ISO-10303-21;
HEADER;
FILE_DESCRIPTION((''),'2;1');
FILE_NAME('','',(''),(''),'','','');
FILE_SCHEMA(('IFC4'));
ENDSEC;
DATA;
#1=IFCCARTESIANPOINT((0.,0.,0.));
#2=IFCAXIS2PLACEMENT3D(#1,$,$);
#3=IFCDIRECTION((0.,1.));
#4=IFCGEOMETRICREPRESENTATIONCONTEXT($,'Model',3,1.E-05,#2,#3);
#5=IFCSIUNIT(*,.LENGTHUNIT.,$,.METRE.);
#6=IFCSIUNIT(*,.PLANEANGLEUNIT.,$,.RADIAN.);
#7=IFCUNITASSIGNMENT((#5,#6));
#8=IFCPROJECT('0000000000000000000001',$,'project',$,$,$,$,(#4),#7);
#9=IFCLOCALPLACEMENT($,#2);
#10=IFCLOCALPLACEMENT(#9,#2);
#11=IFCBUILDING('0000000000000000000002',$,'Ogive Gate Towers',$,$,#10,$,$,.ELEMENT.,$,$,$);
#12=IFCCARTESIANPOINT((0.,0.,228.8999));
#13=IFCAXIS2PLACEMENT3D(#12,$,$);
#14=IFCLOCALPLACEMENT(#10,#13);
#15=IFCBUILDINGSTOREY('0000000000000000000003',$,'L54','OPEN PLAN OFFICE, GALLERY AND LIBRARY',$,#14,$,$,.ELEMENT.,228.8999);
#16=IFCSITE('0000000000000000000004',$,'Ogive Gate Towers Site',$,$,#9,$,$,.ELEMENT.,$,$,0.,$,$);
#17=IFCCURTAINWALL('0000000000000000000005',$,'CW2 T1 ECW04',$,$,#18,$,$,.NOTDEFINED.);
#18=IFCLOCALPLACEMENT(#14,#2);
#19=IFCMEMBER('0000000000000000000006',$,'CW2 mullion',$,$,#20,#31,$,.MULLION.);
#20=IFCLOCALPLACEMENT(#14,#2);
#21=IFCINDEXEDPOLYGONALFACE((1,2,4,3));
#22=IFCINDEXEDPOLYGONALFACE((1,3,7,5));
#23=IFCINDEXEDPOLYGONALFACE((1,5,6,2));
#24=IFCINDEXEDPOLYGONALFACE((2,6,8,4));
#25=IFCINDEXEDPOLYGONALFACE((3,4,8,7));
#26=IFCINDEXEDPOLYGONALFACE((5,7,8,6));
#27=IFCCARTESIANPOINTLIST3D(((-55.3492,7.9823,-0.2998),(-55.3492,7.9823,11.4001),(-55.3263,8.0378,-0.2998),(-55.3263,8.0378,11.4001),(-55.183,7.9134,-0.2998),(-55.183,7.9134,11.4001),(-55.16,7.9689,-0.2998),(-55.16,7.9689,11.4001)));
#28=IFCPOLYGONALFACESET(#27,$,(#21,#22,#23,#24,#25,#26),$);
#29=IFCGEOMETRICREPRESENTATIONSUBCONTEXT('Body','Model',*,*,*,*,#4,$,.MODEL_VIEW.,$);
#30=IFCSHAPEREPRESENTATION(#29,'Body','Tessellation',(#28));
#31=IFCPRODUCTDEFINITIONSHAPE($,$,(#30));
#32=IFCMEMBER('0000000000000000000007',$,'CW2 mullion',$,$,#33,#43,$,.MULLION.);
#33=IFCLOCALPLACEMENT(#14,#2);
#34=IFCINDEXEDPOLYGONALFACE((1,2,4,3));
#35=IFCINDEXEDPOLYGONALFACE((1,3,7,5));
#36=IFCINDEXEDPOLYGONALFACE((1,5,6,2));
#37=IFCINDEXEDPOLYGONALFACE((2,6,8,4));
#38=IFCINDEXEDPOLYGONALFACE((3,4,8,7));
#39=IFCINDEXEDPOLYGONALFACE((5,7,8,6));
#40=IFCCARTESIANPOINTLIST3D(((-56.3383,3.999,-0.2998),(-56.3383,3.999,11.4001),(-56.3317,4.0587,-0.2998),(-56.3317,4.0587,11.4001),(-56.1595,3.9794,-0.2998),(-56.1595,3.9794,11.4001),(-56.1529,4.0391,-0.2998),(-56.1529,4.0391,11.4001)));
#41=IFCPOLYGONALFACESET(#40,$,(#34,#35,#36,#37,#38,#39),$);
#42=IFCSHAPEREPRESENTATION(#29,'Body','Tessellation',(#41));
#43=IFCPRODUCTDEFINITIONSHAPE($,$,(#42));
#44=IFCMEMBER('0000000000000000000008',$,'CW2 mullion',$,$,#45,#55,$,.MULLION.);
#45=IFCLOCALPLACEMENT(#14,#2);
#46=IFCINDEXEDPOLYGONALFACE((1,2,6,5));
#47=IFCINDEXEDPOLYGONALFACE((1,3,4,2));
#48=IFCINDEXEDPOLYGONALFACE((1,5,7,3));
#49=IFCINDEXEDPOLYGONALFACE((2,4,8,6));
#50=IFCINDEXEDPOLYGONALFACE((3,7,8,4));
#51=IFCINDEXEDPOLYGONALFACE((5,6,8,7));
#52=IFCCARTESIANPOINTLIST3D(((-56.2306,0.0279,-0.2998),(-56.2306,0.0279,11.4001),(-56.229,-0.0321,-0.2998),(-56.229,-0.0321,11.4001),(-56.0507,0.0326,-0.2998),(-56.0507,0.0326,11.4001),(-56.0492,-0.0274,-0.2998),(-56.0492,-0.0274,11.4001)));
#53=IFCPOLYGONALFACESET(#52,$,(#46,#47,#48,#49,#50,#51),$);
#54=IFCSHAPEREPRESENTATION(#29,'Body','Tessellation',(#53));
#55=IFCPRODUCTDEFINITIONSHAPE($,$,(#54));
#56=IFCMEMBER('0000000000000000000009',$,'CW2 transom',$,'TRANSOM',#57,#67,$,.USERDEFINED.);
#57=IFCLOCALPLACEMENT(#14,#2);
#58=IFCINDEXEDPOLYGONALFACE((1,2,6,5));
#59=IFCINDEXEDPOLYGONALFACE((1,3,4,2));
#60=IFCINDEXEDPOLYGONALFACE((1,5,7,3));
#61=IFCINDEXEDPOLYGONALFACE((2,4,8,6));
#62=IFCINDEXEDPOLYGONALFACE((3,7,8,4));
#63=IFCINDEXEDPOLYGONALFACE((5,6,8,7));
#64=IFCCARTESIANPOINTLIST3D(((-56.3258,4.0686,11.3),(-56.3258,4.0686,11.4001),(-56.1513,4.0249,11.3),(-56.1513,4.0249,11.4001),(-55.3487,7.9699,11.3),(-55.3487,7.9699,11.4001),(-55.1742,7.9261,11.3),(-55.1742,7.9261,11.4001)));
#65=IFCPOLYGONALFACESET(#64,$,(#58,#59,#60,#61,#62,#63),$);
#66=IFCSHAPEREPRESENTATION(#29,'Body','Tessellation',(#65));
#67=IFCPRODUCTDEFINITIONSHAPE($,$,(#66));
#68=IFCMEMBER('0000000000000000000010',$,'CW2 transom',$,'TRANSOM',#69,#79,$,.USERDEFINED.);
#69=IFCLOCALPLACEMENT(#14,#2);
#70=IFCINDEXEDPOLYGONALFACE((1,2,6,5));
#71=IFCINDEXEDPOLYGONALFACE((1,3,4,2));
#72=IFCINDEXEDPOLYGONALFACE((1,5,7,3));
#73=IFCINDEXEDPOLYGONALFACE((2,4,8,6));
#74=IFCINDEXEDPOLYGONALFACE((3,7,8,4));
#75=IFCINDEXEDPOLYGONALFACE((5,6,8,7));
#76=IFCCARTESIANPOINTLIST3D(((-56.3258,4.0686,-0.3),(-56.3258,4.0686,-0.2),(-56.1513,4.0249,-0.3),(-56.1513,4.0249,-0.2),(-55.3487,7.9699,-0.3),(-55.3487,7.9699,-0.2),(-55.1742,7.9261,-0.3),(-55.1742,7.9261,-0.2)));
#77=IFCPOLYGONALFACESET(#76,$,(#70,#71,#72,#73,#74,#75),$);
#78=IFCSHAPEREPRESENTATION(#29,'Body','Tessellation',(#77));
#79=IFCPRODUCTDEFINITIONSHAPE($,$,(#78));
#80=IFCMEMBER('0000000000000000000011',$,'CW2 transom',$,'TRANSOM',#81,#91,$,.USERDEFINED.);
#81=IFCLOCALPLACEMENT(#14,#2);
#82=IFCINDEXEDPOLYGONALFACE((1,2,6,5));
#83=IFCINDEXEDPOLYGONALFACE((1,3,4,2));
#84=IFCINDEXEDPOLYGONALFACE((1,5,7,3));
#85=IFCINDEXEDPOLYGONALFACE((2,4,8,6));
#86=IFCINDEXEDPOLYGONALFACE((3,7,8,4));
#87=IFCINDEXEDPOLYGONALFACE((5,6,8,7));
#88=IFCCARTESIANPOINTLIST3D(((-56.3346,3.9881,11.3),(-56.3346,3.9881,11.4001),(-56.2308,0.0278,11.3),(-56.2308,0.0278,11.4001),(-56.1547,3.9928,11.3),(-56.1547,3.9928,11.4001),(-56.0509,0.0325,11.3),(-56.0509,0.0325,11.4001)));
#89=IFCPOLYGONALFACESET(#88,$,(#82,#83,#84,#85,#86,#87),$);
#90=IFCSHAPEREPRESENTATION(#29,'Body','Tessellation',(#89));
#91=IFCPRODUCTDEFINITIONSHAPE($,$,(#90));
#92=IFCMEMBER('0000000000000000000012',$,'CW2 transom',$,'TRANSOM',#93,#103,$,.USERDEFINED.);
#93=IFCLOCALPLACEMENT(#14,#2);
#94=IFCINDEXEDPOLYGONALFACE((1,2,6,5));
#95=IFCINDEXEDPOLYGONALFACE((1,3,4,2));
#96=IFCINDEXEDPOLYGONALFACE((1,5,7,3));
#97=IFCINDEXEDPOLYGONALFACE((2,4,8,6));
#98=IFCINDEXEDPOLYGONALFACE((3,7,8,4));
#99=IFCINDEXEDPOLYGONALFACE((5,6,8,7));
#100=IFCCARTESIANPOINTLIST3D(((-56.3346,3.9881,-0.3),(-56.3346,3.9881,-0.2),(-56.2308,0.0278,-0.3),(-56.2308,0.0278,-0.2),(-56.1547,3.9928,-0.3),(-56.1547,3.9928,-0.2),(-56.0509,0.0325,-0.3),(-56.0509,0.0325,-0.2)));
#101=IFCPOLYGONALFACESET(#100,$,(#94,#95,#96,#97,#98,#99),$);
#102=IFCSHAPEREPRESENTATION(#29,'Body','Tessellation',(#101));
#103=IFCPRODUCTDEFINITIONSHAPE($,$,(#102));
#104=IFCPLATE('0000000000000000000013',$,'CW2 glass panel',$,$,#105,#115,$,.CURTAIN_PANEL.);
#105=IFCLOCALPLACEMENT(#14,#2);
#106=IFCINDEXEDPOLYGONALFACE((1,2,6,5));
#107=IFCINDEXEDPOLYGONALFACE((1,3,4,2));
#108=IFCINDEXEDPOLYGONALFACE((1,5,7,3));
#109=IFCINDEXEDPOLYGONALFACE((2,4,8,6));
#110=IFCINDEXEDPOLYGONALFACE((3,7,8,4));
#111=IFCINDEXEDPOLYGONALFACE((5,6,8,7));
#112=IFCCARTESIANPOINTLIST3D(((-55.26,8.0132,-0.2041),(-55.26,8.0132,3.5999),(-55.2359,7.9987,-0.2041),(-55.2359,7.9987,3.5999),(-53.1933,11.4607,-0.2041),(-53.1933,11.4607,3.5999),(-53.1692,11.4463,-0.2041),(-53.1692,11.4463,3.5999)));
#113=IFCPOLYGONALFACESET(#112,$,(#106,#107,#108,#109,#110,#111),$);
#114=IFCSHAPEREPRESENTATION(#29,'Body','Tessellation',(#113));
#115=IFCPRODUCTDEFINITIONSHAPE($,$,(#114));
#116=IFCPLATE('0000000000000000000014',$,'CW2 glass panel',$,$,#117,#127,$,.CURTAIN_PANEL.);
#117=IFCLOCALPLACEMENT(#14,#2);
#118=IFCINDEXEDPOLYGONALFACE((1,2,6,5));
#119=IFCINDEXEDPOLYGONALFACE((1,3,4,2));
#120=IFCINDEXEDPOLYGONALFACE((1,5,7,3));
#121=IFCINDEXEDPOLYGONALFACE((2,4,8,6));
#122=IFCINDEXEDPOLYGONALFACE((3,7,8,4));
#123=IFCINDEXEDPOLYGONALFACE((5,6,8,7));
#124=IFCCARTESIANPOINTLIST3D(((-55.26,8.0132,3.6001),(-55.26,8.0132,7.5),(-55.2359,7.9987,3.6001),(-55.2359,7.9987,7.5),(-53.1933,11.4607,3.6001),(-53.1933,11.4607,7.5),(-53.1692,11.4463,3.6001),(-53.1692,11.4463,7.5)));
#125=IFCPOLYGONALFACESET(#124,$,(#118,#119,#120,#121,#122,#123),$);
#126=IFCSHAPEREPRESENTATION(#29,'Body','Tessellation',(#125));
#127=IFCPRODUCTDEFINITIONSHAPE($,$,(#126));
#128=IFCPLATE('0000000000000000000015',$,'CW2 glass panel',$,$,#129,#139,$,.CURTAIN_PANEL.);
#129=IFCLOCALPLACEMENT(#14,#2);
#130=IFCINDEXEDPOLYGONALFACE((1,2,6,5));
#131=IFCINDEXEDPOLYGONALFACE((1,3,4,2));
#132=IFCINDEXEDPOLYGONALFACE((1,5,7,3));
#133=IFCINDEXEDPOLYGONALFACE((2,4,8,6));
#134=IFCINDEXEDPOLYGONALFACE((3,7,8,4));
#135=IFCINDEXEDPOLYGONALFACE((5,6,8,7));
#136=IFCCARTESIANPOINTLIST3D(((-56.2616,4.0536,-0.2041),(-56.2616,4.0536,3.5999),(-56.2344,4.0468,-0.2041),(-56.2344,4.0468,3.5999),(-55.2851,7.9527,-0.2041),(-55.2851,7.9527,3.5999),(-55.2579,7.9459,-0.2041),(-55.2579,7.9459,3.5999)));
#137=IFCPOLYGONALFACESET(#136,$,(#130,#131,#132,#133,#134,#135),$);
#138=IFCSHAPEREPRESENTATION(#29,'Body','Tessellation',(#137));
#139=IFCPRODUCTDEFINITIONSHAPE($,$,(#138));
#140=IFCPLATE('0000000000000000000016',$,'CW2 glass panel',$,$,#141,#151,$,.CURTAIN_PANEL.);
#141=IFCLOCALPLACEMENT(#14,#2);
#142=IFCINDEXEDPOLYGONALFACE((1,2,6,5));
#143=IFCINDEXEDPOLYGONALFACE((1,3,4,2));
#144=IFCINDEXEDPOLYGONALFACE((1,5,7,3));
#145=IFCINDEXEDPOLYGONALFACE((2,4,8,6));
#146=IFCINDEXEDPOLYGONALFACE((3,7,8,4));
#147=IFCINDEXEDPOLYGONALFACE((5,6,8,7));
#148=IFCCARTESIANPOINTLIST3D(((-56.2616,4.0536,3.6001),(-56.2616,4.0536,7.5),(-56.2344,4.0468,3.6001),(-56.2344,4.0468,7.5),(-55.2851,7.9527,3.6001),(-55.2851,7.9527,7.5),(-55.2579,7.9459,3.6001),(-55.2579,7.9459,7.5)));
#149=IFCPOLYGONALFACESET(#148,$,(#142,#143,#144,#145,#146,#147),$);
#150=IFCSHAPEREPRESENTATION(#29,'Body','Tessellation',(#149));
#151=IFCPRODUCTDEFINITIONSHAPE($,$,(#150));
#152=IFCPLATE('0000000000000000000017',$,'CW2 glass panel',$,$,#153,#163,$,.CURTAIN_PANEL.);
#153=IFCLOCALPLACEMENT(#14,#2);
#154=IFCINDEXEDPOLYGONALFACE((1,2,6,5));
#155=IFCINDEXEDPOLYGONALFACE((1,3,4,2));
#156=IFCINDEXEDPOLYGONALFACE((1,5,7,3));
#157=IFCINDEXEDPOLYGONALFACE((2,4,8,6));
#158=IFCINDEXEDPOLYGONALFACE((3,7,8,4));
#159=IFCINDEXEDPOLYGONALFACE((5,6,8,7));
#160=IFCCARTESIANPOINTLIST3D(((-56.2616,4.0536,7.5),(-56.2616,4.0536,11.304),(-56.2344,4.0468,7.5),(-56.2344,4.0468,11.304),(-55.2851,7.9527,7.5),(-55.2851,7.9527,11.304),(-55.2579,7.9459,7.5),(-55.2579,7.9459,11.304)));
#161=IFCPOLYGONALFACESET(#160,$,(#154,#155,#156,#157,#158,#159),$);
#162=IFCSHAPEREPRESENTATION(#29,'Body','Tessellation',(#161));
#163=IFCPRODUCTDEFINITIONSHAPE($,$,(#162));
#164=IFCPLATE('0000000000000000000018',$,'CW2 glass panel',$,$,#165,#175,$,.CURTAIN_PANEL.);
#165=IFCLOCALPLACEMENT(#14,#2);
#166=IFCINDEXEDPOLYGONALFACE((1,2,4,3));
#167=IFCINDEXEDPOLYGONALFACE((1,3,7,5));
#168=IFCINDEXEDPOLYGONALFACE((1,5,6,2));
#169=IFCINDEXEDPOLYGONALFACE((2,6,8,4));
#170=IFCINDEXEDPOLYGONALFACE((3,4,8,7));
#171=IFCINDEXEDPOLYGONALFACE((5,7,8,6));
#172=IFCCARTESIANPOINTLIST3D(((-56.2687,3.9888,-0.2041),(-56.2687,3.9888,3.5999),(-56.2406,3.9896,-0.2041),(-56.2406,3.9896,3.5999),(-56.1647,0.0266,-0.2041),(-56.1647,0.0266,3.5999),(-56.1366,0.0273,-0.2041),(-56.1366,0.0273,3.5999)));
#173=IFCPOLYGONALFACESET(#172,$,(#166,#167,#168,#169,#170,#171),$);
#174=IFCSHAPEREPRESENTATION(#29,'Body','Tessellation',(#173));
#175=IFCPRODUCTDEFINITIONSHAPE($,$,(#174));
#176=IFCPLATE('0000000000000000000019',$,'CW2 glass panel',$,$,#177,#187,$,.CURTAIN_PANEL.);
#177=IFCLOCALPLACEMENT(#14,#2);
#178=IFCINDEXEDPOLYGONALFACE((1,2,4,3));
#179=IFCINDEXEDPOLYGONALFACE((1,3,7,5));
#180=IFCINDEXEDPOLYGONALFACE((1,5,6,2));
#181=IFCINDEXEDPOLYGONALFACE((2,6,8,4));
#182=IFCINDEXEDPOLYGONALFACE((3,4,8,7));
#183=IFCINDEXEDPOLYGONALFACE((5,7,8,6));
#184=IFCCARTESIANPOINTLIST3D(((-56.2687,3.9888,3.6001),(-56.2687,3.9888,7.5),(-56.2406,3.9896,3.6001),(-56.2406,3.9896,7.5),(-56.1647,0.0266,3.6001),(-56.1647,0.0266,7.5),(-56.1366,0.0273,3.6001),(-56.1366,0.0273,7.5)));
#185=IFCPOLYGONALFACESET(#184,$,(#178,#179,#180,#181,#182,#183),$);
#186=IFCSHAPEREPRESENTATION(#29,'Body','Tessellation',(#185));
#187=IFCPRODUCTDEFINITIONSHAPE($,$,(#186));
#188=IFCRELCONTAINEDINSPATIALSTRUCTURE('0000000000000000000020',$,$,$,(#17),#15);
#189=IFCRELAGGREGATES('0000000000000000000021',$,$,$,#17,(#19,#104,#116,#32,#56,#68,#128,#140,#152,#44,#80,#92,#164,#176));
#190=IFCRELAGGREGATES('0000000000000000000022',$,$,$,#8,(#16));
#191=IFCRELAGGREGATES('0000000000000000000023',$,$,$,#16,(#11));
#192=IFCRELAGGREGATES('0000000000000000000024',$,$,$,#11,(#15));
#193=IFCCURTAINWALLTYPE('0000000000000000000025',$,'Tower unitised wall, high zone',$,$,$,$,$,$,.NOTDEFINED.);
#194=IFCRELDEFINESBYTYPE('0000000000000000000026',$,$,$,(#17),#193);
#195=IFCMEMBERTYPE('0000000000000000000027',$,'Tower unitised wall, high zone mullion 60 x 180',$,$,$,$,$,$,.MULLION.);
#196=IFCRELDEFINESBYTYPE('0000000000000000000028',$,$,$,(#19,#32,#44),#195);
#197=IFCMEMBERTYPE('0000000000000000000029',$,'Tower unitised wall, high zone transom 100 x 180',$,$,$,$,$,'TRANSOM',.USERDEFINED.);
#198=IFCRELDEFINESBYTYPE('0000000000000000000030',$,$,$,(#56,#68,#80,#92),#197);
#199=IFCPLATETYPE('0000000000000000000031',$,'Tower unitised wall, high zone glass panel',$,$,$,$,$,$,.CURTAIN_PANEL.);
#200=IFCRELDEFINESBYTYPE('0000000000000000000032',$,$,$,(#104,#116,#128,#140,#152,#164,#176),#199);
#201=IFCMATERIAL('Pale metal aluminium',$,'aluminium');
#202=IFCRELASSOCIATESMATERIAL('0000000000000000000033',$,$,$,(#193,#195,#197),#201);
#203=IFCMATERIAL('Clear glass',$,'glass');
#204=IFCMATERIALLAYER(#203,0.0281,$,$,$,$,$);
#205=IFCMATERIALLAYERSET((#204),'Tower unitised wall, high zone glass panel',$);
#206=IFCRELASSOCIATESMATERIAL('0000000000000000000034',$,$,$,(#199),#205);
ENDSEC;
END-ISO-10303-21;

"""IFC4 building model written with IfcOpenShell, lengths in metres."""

from ifc_helpers import new_model, si_unit, direction, frame, origin, origin_2d, place, context, subcontext, project, spatial, rectangle, extrude, material, layer, layer_set, material_profile, profile_set, type_object, element, aggregate, save


model = new_model("IFC4")

# Units and contexts
model_context = context("Model", 3, precision=1e-05, world=origin(), true_north=direction((0.0, 1.0)))
body_context = subcontext(model_context, "Body", "Model", "MODEL_VIEW")
ifc_project = project(units=[si_unit("LENGTHUNIT", "METRE"), si_unit("PLANEANGLEUNIT", "RADIAN")], contexts=[model_context])

# Site, building, storey
site_placement = place(None, origin())
site = spatial("IfcSite", under=ifc_project, at=site_placement, Name="Ogive Gate Towers Site", CompositionType="ELEMENT", RefElevation=0.0)
building_placement = place(site_placement, origin())
building = spatial("IfcBuilding", under=site, at=building_placement, Name="Ogive Gate Towers", CompositionType="ELEMENT")
storey_placement = place(building_placement, frame((0.0, 0.0, 228.8999)))
storey = spatial("IfcBuildingStorey", under=building, at=storey_placement, Name="L54", Description="OPEN PLAN OFFICE, GALLERY AND LIBRARY", CompositionType="ELEMENT", Elevation=228.8999)

# Curtain wall, members, plates
ifc_material_1 = material(Name="Pale metal aluminium", Category="aluminium")
curtain_wall_type = type_object("IfcCurtainWallType", Name="Tower unitised wall, high zone", PredefinedType="NOTDEFINED", material=ifc_material_1)
curtain_wall_placement = place(storey_placement, origin())
curtain_wall = element("IfcCurtainWall", 1, at=curtain_wall_placement, inside=storey, type_object=curtain_wall_type, Name="CW2 T1 ECW04", PredefinedType="NOTDEFINED")
ifc_material_profile_1 = material_profile(ifc_material_1, rectangle(XDim=0.1799, YDim=0.0601, at=origin_2d()), Name="60 x 180 aluminium box")
ifc_profile_set_1 = profile_set([ifc_material_profile_1], Name="Pale metal aluminium")
member_type_1 = type_object("IfcMemberType", Name="Tower unitised wall, high zone mullion 60 x 180", PredefinedType="MULLION", material=ifc_profile_set_1)
member_1_placement = place(storey_placement, frame((-55.2546, 7.9756, -0.2998), z_axis=(0.0, 0.0, 1.0), x_axis=(-0.923873, 0.3827, 0.0)))
member_1 = element("IfcMember", 2, at=member_1_placement, type_object=member_type_1, Name="CW2 mullion", PredefinedType="MULLION", context=body_context, shape_type="SweptSolid", body=[
    extrude(rectangle(XDim=0.1799, YDim=0.0601, at=origin_2d()), origin(), (0.0, 0.0, 1.0), 11.7),
])
member_2_placement = place(storey_placement, frame((-56.2456, 4.019, -0.2998), z_axis=(0.0, 0.0, 1.0), x_axis=(-0.994001, 0.10937, 0.0)))
member_2 = element("IfcMember", 3, at=member_2_placement, type_object=member_type_1, Name="CW2 mullion", PredefinedType="MULLION", context=body_context, shape_type="SweptSolid", body=[
    extrude(rectangle(XDim=0.1799, YDim=0.0601, at=origin_2d()), origin(), (0.0, 0.0, 1.0), 11.7),
])
member_3_placement = place(storey_placement, frame((-56.1399, 0.0002, -0.2998), z_axis=(0.0, 0.0, 1.0), x_axis=(-0.999656, -0.026229, 0.0)))
member_3 = element("IfcMember", 4, at=member_3_placement, type_object=member_type_1, Name="CW2 mullion", PredefinedType="MULLION", context=body_context, shape_type="SweptSolid", body=[
    extrude(rectangle(XDim=0.1799, YDim=0.0601, at=origin_2d()), origin(), (0.0, 0.0, 1.0), 11.7),
])
ifc_material_profile_2 = material_profile(ifc_material_1, rectangle(XDim=0.1799, YDim=0.1001, at=origin_2d()), Name="100 x 180 aluminium box")
ifc_profile_set_2 = profile_set([ifc_material_profile_2], Name="Pale metal aluminium")
member_type_2 = type_object("IfcMemberType", Name="Tower unitised wall, high zone transom 100 x 180", ElementType="TRANSOM", PredefinedType="USERDEFINED", material=ifc_profile_set_2)
member_4_placement = place(storey_placement, frame((-55.2615, 7.948, 11.3501), z_axis=(-0.24295, -0.970039, 0.0), x_axis=(0.970039, -0.24295, 0.0)))
member_4 = element("IfcMember", 5, at=member_4_placement, type_object=member_type_2, Name="CW2 transom", ObjectType="TRANSOM", PredefinedType="USERDEFINED", context=body_context, shape_type="SweptSolid", body=[
    extrude(rectangle(XDim=0.1799, YDim=0.1001, at=origin_2d()), origin(), (0.0, 0.0, 1.0), 4.0217),
])
member_5_placement = place(storey_placement, frame((-55.2615, 7.948, -0.25), z_axis=(-0.24295, -0.970039, 0.0), x_axis=(0.970039, -0.24295, 0.0)))
member_5 = element("IfcMember", 6, at=member_5_placement, type_object=member_type_2, Name="CW2 transom", ObjectType="TRANSOM", PredefinedType="USERDEFINED", context=body_context, shape_type="SweptSolid", body=[
    extrude(rectangle(XDim=0.1799, YDim=0.1001, at=origin_2d()), origin(), (0.0, 0.0, 1.0), 4.0217),
])
member_6_placement = place(storey_placement, frame((-56.2446, 3.9905, 11.3501), z_axis=(0.026192, -0.999657, 0.0), x_axis=(0.999657, 0.026192, 0.0)))
member_6 = element("IfcMember", 7, at=member_6_placement, type_object=member_type_2, Name="CW2 transom", ObjectType="TRANSOM", PredefinedType="USERDEFINED", context=body_context, shape_type="SweptSolid", body=[
    extrude(rectangle(XDim=0.1799, YDim=0.1001, at=origin_2d()), origin(), (0.0, 0.0, 1.0), 3.9617),
])
member_7_placement = place(storey_placement, frame((-56.2446, 3.9905, -0.25), z_axis=(0.026192, -0.999657, 0.0), x_axis=(0.999657, 0.026192, 0.0)))
member_7 = element("IfcMember", 8, at=member_7_placement, type_object=member_type_2, Name="CW2 transom", ObjectType="TRANSOM", PredefinedType="USERDEFINED", context=body_context, shape_type="SweptSolid", body=[
    extrude(rectangle(XDim=0.1799, YDim=0.1001, at=origin_2d()), origin(), (0.0, 0.0, 1.0), 3.9617),
])
ifc_material_2 = material(Name="Clear glass", Category="glass")
ifc_layer_1 = layer(ifc_material_2, 0.0281)
ifc_layer_set_1 = layer_set([ifc_layer_1], Name="Tower unitised wall, high zone glass panel")
plate_type = type_object("IfcPlateType", Name="Tower unitised wall, high zone glass panel", PredefinedType="CURTAIN_PANEL", material=ifc_layer_set_1)
plate_1_placement = place(storey_placement, frame((-54.2146, 9.7297, -0.2041), z_axis=(0.0, 0.0, 1.0), x_axis=(-0.514155, -0.857697, 0.0)))
plate_1 = element("IfcPlate", 9, at=plate_1_placement, type_object=plate_type, Name="CW2 glass panel", PredefinedType="CURTAIN_PANEL", context=body_context, shape_type="SweptSolid", body=[
    extrude(rectangle(XDim=4.0195, YDim=0.0281, at=origin_2d()), origin(), (0.0, 0.0, 1.0), 3.804),
])
plate_2_placement = place(storey_placement, frame((-54.2146, 9.7297, 3.6001), z_axis=(0.0, 0.0, 1.0), x_axis=(-0.514155, -0.857697, 0.0)))
plate_2 = element("IfcPlate", 10, at=plate_2_placement, type_object=plate_type, Name="CW2 glass panel", PredefinedType="CURTAIN_PANEL", context=body_context, shape_type="SweptSolid", body=[
    extrude(rectangle(XDim=4.0195, YDim=0.0281, at=origin_2d()), origin(), (0.0, 0.0, 1.0), 3.8999),
])
plate_3_placement = place(storey_placement, frame((-55.7598, 5.9998, -0.2041), z_axis=(0.0, 0.0, 1.0), x_axis=(-0.242938, -0.970042, 0.0)))
plate_3 = element("IfcPlate", 11, at=plate_3_placement, type_object=plate_type, Name="CW2 glass panel", PredefinedType="CURTAIN_PANEL", context=body_context, shape_type="SweptSolid", body=[
    extrude(rectangle(XDim=4.0195, YDim=0.0281, at=origin_2d()), origin(), (0.0, 0.0, 1.0), 3.804),
])
plate_4_placement = place(storey_placement, frame((-55.7598, 5.9998, 3.6001), z_axis=(0.0, 0.0, 1.0), x_axis=(-0.242938, -0.970042, 0.0)))
plate_4 = element("IfcPlate", 12, at=plate_4_placement, type_object=plate_type, Name="CW2 glass panel", PredefinedType="CURTAIN_PANEL", context=body_context, shape_type="SweptSolid", body=[
    extrude(rectangle(XDim=4.0195, YDim=0.0281, at=origin_2d()), origin(), (0.0, 0.0, 1.0), 3.8999),
])
plate_5_placement = place(storey_placement, frame((-55.7598, 5.9998, 7.5), z_axis=(0.0, 0.0, 1.0), x_axis=(-0.242938, -0.970042, 0.0)))
plate_5 = element("IfcPlate", 13, at=plate_5_placement, type_object=plate_type, Name="CW2 glass panel", PredefinedType="CURTAIN_PANEL", context=body_context, shape_type="SweptSolid", body=[
    extrude(rectangle(XDim=4.0195, YDim=0.0281, at=origin_2d()), origin(), (0.0, 0.0, 1.0), 3.804),
])
plate_6_placement = place(storey_placement, frame((-56.2026, 2.0081, -0.2041), z_axis=(0.0, 0.0, 1.0), x_axis=(0.026229, -0.999656, 0.0)))
plate_6 = element("IfcPlate", 14, at=plate_6_placement, type_object=plate_type, Name="CW2 glass panel", PredefinedType="CURTAIN_PANEL", context=body_context, shape_type="SweptSolid", body=[
    extrude(rectangle(XDim=3.9636, YDim=0.0281, at=origin_2d()), origin(), (0.0, 0.0, 1.0), 3.804),
])
plate_7_placement = place(storey_placement, frame((-56.2026, 2.0081, 3.6001), z_axis=(0.0, 0.0, 1.0), x_axis=(0.026229, -0.999656, 0.0)))
plate_7 = element("IfcPlate", 15, at=plate_7_placement, type_object=plate_type, Name="CW2 glass panel", PredefinedType="CURTAIN_PANEL", context=body_context, shape_type="SweptSolid", body=[
    extrude(rectangle(XDim=3.9636, YDim=0.0281, at=origin_2d()), origin(), (0.0, 0.0, 1.0), 3.8999),
])
aggregate(curtain_wall, [member_1, plate_1, plate_2, member_2, member_4, member_5, plate_3, plate_4, plate_5, member_3, member_6, member_7, plate_6, plate_7])

save(model, "model.ifc")
